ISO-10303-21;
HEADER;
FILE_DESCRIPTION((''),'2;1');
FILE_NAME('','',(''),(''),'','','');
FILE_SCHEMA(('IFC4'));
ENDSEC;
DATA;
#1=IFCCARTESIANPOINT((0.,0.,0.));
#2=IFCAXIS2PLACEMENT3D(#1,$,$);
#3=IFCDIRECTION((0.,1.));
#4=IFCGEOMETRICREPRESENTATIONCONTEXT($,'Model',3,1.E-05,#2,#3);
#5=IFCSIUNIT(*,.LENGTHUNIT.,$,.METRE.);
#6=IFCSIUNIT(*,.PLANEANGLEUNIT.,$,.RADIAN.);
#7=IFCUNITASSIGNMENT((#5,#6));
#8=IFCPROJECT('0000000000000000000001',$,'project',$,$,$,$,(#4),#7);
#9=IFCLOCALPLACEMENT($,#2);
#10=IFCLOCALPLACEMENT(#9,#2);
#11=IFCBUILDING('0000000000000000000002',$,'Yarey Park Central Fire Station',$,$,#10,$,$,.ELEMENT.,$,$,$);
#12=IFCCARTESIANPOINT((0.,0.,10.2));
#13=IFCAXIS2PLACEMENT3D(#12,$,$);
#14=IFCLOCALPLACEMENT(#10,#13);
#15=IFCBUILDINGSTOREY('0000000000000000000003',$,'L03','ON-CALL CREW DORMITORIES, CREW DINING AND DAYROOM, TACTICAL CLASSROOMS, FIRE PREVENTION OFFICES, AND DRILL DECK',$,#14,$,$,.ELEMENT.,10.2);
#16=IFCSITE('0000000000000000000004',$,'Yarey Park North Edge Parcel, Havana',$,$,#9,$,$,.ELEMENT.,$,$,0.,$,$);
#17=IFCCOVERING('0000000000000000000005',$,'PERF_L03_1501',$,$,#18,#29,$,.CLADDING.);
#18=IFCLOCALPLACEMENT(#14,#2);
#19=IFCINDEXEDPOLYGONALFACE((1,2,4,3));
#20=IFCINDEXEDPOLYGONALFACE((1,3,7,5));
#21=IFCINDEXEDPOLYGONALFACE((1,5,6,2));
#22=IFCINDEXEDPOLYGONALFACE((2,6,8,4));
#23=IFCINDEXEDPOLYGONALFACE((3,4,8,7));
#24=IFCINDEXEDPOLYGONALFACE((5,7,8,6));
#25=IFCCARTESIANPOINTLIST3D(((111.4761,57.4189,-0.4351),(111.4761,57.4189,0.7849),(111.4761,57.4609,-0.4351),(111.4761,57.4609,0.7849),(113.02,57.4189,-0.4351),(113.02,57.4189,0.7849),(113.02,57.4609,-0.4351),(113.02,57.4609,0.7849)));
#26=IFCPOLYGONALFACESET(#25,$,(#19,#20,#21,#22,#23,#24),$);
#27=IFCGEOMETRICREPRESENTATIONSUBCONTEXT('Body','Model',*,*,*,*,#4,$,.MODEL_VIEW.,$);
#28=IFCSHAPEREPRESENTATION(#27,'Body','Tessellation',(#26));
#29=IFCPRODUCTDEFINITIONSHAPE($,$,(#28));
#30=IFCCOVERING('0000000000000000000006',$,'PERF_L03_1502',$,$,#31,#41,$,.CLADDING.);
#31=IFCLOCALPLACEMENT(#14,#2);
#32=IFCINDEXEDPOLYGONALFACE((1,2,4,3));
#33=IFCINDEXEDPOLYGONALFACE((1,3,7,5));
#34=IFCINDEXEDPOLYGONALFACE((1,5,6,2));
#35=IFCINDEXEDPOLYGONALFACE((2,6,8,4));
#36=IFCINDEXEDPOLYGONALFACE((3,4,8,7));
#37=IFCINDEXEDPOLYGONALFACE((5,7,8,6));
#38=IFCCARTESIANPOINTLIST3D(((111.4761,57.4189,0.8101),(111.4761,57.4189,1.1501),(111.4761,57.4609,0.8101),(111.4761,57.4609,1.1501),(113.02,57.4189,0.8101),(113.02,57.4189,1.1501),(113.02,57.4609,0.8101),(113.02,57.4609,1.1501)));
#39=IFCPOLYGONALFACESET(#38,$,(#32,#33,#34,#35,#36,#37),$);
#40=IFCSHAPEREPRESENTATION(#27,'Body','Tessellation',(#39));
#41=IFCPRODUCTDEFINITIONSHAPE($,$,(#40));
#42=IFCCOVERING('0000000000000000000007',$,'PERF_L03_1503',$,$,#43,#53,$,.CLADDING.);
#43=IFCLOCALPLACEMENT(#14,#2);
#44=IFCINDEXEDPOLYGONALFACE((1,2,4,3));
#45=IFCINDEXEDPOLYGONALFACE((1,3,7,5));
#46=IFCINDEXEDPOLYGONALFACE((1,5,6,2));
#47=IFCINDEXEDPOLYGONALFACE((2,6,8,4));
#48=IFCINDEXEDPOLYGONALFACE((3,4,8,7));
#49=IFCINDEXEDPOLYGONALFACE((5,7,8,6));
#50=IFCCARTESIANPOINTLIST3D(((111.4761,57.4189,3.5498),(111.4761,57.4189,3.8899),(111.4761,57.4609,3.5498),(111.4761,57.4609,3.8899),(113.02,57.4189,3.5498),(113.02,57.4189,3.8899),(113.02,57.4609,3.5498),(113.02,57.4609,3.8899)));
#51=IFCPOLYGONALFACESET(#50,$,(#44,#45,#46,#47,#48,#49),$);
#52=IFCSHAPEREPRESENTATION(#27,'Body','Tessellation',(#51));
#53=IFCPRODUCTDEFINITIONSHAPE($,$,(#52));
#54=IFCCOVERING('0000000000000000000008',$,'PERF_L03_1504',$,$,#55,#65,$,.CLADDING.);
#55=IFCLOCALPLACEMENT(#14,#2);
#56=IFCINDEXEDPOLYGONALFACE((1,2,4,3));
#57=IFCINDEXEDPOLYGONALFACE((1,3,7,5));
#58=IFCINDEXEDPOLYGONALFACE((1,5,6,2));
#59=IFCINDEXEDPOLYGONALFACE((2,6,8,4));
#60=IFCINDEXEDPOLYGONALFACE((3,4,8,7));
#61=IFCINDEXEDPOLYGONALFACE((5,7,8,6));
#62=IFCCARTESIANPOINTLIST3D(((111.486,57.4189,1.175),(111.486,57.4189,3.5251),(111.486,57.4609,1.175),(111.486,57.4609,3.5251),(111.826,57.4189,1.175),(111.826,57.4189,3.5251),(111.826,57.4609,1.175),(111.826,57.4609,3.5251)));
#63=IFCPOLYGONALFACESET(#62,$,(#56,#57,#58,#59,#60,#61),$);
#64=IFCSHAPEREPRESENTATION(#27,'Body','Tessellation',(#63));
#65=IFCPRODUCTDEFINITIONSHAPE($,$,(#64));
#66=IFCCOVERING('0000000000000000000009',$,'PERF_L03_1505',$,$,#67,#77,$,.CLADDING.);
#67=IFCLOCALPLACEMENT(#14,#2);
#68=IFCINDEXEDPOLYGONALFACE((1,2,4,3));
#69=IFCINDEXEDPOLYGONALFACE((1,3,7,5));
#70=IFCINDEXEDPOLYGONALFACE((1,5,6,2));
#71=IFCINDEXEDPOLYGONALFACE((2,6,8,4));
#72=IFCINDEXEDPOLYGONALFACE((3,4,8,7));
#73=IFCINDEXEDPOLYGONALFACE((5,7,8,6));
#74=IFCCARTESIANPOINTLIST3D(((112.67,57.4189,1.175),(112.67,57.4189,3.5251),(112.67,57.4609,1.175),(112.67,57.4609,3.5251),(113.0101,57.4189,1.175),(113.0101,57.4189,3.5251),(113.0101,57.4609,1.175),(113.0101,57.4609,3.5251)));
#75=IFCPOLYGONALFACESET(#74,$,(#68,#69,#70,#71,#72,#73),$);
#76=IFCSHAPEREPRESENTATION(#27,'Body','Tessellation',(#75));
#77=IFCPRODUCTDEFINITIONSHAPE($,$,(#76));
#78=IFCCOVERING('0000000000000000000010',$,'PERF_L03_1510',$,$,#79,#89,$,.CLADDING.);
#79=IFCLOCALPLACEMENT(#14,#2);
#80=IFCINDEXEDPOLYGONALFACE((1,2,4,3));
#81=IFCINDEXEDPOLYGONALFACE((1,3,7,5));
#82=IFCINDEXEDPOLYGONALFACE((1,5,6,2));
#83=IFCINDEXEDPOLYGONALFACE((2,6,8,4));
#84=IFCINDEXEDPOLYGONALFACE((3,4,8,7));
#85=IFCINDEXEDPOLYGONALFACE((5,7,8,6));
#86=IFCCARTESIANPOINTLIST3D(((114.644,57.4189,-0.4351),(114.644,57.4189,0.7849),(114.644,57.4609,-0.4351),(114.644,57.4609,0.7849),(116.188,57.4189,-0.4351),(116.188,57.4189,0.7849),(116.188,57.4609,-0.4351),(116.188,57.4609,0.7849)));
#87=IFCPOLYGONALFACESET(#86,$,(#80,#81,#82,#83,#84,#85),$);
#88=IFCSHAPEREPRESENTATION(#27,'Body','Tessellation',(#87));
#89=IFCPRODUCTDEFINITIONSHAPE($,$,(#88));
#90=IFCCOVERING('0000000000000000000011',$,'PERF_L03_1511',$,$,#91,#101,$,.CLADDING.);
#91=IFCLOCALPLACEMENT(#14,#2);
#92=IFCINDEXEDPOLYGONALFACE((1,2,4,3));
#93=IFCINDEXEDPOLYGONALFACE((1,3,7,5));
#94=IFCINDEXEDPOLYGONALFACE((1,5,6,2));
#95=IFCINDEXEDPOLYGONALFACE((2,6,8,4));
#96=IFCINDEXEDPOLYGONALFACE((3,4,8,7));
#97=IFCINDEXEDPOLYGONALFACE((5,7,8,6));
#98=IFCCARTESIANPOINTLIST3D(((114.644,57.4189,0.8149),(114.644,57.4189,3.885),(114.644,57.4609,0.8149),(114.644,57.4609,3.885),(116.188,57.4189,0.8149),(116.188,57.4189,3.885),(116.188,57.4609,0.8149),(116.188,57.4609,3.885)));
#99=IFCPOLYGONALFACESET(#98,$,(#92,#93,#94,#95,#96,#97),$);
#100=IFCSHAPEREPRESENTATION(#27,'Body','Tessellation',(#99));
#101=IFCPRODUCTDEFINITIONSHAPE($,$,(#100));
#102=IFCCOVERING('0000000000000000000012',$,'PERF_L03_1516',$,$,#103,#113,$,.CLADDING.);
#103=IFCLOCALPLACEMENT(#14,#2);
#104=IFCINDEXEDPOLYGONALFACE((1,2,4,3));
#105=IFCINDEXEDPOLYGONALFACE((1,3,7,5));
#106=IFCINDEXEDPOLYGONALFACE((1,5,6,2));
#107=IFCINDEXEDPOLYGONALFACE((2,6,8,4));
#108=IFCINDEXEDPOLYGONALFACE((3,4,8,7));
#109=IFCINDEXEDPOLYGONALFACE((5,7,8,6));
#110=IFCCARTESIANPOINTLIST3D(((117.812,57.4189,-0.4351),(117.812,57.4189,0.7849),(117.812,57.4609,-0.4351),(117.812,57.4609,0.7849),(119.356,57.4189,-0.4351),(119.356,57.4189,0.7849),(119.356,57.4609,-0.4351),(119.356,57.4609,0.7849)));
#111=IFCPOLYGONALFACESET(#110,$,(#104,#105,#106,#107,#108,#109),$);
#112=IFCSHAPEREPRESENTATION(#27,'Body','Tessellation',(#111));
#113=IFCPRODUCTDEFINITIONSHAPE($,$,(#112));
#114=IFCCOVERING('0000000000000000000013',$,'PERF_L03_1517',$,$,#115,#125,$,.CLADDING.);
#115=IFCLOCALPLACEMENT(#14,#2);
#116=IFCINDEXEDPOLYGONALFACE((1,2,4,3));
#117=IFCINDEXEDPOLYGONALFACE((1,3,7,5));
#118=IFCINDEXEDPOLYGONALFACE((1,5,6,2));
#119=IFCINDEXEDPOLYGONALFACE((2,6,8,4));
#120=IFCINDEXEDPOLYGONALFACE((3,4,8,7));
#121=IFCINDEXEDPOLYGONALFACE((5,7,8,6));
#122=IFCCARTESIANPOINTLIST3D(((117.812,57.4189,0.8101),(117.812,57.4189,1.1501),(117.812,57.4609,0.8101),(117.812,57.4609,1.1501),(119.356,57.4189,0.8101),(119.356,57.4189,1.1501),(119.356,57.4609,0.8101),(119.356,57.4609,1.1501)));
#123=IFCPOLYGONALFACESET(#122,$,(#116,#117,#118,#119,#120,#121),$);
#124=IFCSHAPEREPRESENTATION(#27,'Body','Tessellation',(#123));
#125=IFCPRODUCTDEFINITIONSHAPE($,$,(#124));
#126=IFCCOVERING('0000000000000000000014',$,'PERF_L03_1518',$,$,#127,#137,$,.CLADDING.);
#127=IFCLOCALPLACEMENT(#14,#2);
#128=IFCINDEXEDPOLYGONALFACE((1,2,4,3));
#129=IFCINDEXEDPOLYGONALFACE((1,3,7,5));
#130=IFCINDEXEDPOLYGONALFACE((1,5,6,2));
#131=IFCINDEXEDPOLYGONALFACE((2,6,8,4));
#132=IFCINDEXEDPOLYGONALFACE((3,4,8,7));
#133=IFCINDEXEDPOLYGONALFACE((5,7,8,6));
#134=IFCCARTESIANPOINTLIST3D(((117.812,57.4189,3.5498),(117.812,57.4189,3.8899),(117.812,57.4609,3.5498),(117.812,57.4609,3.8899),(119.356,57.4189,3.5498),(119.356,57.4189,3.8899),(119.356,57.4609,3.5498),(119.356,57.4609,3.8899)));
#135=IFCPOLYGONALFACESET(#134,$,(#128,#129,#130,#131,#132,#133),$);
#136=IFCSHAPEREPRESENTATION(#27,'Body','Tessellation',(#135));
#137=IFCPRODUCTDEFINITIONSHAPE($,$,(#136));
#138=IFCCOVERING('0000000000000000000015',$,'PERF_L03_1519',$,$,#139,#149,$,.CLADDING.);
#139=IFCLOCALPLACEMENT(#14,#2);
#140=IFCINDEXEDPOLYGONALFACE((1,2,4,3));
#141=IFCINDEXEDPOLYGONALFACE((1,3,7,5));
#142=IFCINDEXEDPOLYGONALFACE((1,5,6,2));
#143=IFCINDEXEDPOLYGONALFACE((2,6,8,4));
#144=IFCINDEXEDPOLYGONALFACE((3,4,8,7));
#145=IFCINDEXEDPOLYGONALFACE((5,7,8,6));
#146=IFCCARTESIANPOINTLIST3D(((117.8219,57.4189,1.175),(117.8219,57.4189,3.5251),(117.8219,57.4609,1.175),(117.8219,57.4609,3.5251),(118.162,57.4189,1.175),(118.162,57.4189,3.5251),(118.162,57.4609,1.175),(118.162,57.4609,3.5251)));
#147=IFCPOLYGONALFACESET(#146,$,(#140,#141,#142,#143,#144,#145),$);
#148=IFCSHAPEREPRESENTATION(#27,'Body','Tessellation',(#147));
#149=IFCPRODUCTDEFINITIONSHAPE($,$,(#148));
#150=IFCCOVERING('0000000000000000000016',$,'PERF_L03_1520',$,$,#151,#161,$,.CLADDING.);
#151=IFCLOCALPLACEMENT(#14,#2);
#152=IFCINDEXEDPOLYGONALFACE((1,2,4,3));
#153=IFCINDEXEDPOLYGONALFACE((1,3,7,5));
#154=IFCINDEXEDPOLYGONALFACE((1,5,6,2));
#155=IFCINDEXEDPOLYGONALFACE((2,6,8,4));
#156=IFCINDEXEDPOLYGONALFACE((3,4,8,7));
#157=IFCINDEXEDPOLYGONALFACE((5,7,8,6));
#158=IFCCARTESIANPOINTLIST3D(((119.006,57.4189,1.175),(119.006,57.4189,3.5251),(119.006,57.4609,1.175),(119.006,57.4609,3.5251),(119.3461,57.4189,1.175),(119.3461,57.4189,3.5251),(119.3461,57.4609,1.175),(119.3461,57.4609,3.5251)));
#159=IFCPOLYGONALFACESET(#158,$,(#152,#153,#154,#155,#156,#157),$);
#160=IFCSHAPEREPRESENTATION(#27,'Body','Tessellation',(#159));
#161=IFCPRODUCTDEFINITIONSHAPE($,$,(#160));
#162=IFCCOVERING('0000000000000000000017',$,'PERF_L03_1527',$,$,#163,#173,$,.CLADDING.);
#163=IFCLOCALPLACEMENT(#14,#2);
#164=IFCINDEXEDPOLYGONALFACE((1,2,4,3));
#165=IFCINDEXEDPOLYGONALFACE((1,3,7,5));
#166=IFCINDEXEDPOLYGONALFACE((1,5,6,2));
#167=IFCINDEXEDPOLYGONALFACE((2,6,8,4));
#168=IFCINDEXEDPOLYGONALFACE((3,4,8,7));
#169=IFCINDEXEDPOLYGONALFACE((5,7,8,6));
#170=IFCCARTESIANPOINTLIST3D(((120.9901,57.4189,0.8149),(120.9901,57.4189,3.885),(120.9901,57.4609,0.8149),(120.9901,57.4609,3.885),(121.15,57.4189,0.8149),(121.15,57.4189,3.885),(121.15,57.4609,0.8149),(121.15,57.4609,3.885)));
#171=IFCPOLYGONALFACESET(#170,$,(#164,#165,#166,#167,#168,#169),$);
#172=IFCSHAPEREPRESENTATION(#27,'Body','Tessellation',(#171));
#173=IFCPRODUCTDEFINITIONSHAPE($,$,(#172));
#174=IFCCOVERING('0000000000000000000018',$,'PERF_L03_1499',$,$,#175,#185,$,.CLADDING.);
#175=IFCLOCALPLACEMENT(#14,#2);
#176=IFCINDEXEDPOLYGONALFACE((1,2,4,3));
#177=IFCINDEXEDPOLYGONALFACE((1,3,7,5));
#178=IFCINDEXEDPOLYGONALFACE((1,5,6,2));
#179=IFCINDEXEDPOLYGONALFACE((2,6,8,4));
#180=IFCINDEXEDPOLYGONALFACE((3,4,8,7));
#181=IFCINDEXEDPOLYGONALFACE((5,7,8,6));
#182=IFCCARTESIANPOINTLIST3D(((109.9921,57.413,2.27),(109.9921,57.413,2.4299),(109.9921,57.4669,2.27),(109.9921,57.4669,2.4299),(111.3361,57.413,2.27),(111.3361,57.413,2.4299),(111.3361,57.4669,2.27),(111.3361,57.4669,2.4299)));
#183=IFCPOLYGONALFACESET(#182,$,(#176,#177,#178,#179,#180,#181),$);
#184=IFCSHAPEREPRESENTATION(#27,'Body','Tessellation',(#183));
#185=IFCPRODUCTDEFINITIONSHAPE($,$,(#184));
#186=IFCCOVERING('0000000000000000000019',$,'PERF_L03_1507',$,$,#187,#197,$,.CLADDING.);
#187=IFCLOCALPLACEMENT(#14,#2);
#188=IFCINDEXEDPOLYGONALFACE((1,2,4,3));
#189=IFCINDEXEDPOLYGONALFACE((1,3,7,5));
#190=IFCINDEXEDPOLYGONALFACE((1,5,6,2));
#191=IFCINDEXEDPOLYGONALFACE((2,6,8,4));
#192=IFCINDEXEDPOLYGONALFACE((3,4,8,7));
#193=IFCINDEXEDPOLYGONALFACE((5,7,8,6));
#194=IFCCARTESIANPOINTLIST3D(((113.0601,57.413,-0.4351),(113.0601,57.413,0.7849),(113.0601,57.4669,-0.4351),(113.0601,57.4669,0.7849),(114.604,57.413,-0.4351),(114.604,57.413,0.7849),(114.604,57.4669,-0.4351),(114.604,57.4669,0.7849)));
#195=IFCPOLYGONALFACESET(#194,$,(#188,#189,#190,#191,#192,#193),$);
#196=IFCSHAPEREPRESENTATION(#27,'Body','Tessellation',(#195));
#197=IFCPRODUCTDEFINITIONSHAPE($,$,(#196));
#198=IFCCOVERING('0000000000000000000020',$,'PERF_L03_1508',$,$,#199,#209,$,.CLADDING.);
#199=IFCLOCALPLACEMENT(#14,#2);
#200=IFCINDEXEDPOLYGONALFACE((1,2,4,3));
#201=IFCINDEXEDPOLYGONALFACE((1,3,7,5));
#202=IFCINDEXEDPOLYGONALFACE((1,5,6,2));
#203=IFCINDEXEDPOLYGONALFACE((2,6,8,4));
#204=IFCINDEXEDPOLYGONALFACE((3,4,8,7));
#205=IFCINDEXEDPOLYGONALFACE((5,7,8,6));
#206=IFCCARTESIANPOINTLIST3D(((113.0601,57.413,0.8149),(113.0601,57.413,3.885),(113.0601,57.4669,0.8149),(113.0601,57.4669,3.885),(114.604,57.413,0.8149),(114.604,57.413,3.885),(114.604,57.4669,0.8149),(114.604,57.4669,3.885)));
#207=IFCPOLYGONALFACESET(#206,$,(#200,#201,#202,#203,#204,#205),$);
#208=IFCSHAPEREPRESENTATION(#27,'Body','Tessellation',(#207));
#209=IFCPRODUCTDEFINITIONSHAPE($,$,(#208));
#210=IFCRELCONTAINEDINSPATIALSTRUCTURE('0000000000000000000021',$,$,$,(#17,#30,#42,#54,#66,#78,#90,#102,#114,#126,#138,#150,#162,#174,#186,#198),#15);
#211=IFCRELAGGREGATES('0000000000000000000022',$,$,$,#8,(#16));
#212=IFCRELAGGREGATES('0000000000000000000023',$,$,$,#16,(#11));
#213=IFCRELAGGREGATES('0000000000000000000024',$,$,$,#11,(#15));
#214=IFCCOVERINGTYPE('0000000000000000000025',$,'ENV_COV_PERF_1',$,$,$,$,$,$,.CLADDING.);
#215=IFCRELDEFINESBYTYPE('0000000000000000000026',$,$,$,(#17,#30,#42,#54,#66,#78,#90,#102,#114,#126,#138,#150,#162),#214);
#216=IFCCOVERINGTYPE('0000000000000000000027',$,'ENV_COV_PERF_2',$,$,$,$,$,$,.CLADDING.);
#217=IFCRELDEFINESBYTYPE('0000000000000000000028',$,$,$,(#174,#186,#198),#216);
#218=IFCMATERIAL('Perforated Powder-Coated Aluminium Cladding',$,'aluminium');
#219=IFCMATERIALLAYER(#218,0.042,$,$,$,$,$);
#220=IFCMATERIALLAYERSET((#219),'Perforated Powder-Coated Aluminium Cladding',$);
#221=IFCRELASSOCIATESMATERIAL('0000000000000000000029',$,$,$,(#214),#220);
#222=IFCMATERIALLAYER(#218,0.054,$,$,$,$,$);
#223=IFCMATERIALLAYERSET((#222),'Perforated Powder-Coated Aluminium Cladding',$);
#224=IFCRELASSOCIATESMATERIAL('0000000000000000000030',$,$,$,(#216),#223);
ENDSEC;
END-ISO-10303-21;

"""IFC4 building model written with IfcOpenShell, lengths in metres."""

from ifc_helpers import new_model, si_unit, direction, frame, origin, origin_2d, place, context, subcontext, project, spatial, rectangle, extrude, material, layer, layer_set, type_object, element, save


model = new_model("IFC4")

# Units and contexts
model_context = context("Model", 3, precision=1e-05, world=origin(), true_north=direction((0.0, 1.0)))
body_context = subcontext(model_context, "Body", "Model", "MODEL_VIEW")
ifc_project = project(units=[si_unit("LENGTHUNIT", "METRE"), si_unit("PLANEANGLEUNIT", "RADIAN")], contexts=[model_context])

# Site, building, storey
site_placement = place(None, origin())
site = spatial("IfcSite", under=ifc_project, at=site_placement, Name="Yarey Park North Edge Parcel, Havana", CompositionType="ELEMENT", RefElevation=0.0)
building_placement = place(site_placement, origin())
building = spatial("IfcBuilding", under=site, at=building_placement, Name="Yarey Park Central Fire Station", CompositionType="ELEMENT")
storey_placement = place(building_placement, frame((0.0, 0.0, 10.2)))
storey = spatial("IfcBuildingStorey", under=building, at=storey_placement, Name="L03", Description="ON-CALL CREW DORMITORIES, CREW DINING AND DAYROOM, TACTICAL CLASSROOMS, FIRE PREVENTION OFFICES, AND DRILL DECK", CompositionType="ELEMENT", Elevation=10.2)

# Coverings
ifc_material_1 = material(Name="Perforated Powder-Coated Aluminium Cladding", Category="aluminium")
ifc_layer_1 = layer(ifc_material_1, 0.042)
ifc_layer_set_1 = layer_set([ifc_layer_1], Name="Perforated Powder-Coated Aluminium Cladding")
covering_type_1 = type_object("IfcCoveringType", Name="ENV_COV_PERF_1", PredefinedType="CLADDING", material=ifc_layer_set_1)
covering_1_placement = place(storey_placement, frame((112.248, 57.4399, -0.4351), z_axis=(0.0, 0.0, 1.0), x_axis=(1.0, 0.0, 0.0)))
element("IfcCovering", 1, at=covering_1_placement, inside=storey, type_object=covering_type_1, Name="PERF_L03_1501", PredefinedType="CLADDING", context=body_context, shape_type="SweptSolid", body=[
    extrude(rectangle(XDim=1.5439, YDim=0.042, at=origin_2d()), origin(), (0.0, 0.0, 1.0), 1.22),
])
for number, where, z_axis, x_axis, name in (
    (2, (112.248, 57.4399, 0.8101), (0.0, 0.0, 1.0), (1.0, 0.0, 0.0), "PERF_L03_1502"),
    (3, (112.248, 57.4399, 3.5498), (0.0, 0.0, 1.0), (1.0, 0.0, 0.0), "PERF_L03_1503"),
):
    element("IfcCovering", number, at=place(storey_placement, frame(where, z_axis=z_axis, x_axis=x_axis)), inside=storey, type_object=covering_type_1, Name=name, PredefinedType="CLADDING", context=body_context, shape_type="SweptSolid", body=[
        extrude(rectangle(XDim=1.5439, YDim=0.042, at=origin_2d()), origin(), (0.0, 0.0, 1.0), 0.3401),
    ])
for number, where, z_axis, x_axis, name in (
    (4, (111.656, 57.4399, 1.175), (0.0, 0.0, 1.0), (1.0, 0.0, 0.0), "PERF_L03_1504"),
    (5, (112.8401, 57.4399, 1.175), (0.0, 0.0, 1.0), (1.0, 0.0, 0.0), "PERF_L03_1505"),
):
    element("IfcCovering", number, at=place(storey_placement, frame(where, z_axis=z_axis, x_axis=x_axis)), inside=storey, type_object=covering_type_1, Name=name, PredefinedType="CLADDING", context=body_context, shape_type="SweptSolid", body=[
        extrude(rectangle(XDim=0.3401, YDim=0.042, at=origin_2d()), origin(), (0.0, 0.0, 1.0), 2.3501),
    ])
covering_2_placement = place(storey_placement, frame((115.416, 57.4399, -0.4351), z_axis=(0.0, 0.0, 1.0), x_axis=(1.0, 0.0, 0.0)))
element("IfcCovering", 6, at=covering_2_placement, inside=storey, type_object=covering_type_1, Name="PERF_L03_1510", PredefinedType="CLADDING", context=body_context, shape_type="SweptSolid", body=[
    extrude(rectangle(XDim=1.5439, YDim=0.042, at=origin_2d()), origin(), (0.0, 0.0, 1.0), 1.22),
])
covering_3_placement = place(storey_placement, frame((115.416, 57.4399, 0.8149), z_axis=(0.0, 0.0, 1.0), x_axis=(1.0, 0.0, 0.0)))
element("IfcCovering", 7, at=covering_3_placement, inside=storey, type_object=covering_type_1, Name="PERF_L03_1511", PredefinedType="CLADDING", context=body_context, shape_type="SweptSolid", body=[
    extrude(rectangle(XDim=1.5439, YDim=0.042, at=origin_2d()), origin(), (0.0, 0.0, 1.0), 3.0701),
])
covering_4_placement = place(storey_placement, frame((118.584, 57.4399, -0.4351), z_axis=(0.0, 0.0, 1.0), x_axis=(1.0, 0.0, 0.0)))
element("IfcCovering", 8, at=covering_4_placement, inside=storey, type_object=covering_type_1, Name="PERF_L03_1516", PredefinedType="CLADDING", context=body_context, shape_type="SweptSolid", body=[
    extrude(rectangle(XDim=1.5439, YDim=0.042, at=origin_2d()), origin(), (0.0, 0.0, 1.0), 1.22),
])
for number, where, z_axis, x_axis, name in (
    (9, (118.584, 57.4399, 0.8101), (0.0, 0.0, 1.0), (1.0, 0.0, 0.0), "PERF_L03_1517"),
    (10, (118.584, 57.4399, 3.5498), (0.0, 0.0, 1.0), (1.0, 0.0, 0.0), "PERF_L03_1518"),
):
    element("IfcCovering", number, at=place(storey_placement, frame(where, z_axis=z_axis, x_axis=x_axis)), inside=storey, type_object=covering_type_1, Name=name, PredefinedType="CLADDING", context=body_context, shape_type="SweptSolid", body=[
        extrude(rectangle(XDim=1.5439, YDim=0.042, at=origin_2d()), origin(), (0.0, 0.0, 1.0), 0.3401),
    ])
for number, where, z_axis, x_axis, name in (
    (11, (117.9919, 57.4399, 1.175), (0.0, 0.0, 1.0), (1.0, 0.0, 0.0), "PERF_L03_1519"),
    (12, (119.176, 57.4399, 1.175), (0.0, 0.0, 1.0), (1.0, 0.0, 0.0), "PERF_L03_1520"),
):
    element("IfcCovering", number, at=place(storey_placement, frame(where, z_axis=z_axis, x_axis=x_axis)), inside=storey, type_object=covering_type_1, Name=name, PredefinedType="CLADDING", context=body_context, shape_type="SweptSolid", body=[
        extrude(rectangle(XDim=0.3401, YDim=0.042, at=origin_2d()), origin(), (0.0, 0.0, 1.0), 2.3501),
    ])
covering_5_placement = place(storey_placement, frame((121.0701, 57.4399, 0.8149), z_axis=(0.0, 0.0, 1.0), x_axis=(1.0, 0.0, 0.0)))
element("IfcCovering", 13, at=covering_5_placement, inside=storey, type_object=covering_type_1, Name="PERF_L03_1527", PredefinedType="CLADDING", context=body_context, shape_type="SweptSolid", body=[
    extrude(rectangle(XDim=0.1599, YDim=0.042, at=origin_2d()), origin(), (0.0, 0.0, 1.0), 3.0701),
])
ifc_layer_2 = layer(ifc_material_1, 0.054)
ifc_layer_set_2 = layer_set([ifc_layer_2], Name="Perforated Powder-Coated Aluminium Cladding")
covering_type_2 = type_object("IfcCoveringType", Name="ENV_COV_PERF_2", PredefinedType="CLADDING", material=ifc_layer_set_2)
covering_6_placement = place(storey_placement, frame((110.6641, 57.4399, 2.27), z_axis=(0.0, 0.0, 1.0), x_axis=(1.0, 0.0, 0.0)))
element("IfcCovering", 14, at=covering_6_placement, inside=storey, type_object=covering_type_2, Name="PERF_L03_1499", PredefinedType="CLADDING", context=body_context, shape_type="SweptSolid", body=[
    extrude(rectangle(XDim=1.344, YDim=0.054, at=origin_2d()), origin(), (0.0, 0.0, 1.0), 0.1599),
])
covering_7_placement = place(storey_placement, frame((113.832, 57.4399, -0.4351), z_axis=(0.0, 0.0, 1.0), x_axis=(1.0, 0.0, 0.0)))
element("IfcCovering", 15, at=covering_7_placement, inside=storey, type_object=covering_type_2, Name="PERF_L03_1507", PredefinedType="CLADDING", context=body_context, shape_type="SweptSolid", body=[
    extrude(rectangle(XDim=1.5439, YDim=0.054, at=origin_2d()), origin(), (0.0, 0.0, 1.0), 1.22),
])
covering_8_placement = place(storey_placement, frame((113.832, 57.4399, 0.8149), z_axis=(0.0, 0.0, 1.0), x_axis=(1.0, 0.0, 0.0)))
element("IfcCovering", 16, at=covering_8_placement, inside=storey, type_object=covering_type_2, Name="PERF_L03_1508", PredefinedType="CLADDING", context=body_context, shape_type="SweptSolid", body=[
    extrude(rectangle(XDim=1.5439, YDim=0.054, at=origin_2d()), origin(), (0.0, 0.0, 1.0), 3.0701),
])

save(model, "model.ifc")
